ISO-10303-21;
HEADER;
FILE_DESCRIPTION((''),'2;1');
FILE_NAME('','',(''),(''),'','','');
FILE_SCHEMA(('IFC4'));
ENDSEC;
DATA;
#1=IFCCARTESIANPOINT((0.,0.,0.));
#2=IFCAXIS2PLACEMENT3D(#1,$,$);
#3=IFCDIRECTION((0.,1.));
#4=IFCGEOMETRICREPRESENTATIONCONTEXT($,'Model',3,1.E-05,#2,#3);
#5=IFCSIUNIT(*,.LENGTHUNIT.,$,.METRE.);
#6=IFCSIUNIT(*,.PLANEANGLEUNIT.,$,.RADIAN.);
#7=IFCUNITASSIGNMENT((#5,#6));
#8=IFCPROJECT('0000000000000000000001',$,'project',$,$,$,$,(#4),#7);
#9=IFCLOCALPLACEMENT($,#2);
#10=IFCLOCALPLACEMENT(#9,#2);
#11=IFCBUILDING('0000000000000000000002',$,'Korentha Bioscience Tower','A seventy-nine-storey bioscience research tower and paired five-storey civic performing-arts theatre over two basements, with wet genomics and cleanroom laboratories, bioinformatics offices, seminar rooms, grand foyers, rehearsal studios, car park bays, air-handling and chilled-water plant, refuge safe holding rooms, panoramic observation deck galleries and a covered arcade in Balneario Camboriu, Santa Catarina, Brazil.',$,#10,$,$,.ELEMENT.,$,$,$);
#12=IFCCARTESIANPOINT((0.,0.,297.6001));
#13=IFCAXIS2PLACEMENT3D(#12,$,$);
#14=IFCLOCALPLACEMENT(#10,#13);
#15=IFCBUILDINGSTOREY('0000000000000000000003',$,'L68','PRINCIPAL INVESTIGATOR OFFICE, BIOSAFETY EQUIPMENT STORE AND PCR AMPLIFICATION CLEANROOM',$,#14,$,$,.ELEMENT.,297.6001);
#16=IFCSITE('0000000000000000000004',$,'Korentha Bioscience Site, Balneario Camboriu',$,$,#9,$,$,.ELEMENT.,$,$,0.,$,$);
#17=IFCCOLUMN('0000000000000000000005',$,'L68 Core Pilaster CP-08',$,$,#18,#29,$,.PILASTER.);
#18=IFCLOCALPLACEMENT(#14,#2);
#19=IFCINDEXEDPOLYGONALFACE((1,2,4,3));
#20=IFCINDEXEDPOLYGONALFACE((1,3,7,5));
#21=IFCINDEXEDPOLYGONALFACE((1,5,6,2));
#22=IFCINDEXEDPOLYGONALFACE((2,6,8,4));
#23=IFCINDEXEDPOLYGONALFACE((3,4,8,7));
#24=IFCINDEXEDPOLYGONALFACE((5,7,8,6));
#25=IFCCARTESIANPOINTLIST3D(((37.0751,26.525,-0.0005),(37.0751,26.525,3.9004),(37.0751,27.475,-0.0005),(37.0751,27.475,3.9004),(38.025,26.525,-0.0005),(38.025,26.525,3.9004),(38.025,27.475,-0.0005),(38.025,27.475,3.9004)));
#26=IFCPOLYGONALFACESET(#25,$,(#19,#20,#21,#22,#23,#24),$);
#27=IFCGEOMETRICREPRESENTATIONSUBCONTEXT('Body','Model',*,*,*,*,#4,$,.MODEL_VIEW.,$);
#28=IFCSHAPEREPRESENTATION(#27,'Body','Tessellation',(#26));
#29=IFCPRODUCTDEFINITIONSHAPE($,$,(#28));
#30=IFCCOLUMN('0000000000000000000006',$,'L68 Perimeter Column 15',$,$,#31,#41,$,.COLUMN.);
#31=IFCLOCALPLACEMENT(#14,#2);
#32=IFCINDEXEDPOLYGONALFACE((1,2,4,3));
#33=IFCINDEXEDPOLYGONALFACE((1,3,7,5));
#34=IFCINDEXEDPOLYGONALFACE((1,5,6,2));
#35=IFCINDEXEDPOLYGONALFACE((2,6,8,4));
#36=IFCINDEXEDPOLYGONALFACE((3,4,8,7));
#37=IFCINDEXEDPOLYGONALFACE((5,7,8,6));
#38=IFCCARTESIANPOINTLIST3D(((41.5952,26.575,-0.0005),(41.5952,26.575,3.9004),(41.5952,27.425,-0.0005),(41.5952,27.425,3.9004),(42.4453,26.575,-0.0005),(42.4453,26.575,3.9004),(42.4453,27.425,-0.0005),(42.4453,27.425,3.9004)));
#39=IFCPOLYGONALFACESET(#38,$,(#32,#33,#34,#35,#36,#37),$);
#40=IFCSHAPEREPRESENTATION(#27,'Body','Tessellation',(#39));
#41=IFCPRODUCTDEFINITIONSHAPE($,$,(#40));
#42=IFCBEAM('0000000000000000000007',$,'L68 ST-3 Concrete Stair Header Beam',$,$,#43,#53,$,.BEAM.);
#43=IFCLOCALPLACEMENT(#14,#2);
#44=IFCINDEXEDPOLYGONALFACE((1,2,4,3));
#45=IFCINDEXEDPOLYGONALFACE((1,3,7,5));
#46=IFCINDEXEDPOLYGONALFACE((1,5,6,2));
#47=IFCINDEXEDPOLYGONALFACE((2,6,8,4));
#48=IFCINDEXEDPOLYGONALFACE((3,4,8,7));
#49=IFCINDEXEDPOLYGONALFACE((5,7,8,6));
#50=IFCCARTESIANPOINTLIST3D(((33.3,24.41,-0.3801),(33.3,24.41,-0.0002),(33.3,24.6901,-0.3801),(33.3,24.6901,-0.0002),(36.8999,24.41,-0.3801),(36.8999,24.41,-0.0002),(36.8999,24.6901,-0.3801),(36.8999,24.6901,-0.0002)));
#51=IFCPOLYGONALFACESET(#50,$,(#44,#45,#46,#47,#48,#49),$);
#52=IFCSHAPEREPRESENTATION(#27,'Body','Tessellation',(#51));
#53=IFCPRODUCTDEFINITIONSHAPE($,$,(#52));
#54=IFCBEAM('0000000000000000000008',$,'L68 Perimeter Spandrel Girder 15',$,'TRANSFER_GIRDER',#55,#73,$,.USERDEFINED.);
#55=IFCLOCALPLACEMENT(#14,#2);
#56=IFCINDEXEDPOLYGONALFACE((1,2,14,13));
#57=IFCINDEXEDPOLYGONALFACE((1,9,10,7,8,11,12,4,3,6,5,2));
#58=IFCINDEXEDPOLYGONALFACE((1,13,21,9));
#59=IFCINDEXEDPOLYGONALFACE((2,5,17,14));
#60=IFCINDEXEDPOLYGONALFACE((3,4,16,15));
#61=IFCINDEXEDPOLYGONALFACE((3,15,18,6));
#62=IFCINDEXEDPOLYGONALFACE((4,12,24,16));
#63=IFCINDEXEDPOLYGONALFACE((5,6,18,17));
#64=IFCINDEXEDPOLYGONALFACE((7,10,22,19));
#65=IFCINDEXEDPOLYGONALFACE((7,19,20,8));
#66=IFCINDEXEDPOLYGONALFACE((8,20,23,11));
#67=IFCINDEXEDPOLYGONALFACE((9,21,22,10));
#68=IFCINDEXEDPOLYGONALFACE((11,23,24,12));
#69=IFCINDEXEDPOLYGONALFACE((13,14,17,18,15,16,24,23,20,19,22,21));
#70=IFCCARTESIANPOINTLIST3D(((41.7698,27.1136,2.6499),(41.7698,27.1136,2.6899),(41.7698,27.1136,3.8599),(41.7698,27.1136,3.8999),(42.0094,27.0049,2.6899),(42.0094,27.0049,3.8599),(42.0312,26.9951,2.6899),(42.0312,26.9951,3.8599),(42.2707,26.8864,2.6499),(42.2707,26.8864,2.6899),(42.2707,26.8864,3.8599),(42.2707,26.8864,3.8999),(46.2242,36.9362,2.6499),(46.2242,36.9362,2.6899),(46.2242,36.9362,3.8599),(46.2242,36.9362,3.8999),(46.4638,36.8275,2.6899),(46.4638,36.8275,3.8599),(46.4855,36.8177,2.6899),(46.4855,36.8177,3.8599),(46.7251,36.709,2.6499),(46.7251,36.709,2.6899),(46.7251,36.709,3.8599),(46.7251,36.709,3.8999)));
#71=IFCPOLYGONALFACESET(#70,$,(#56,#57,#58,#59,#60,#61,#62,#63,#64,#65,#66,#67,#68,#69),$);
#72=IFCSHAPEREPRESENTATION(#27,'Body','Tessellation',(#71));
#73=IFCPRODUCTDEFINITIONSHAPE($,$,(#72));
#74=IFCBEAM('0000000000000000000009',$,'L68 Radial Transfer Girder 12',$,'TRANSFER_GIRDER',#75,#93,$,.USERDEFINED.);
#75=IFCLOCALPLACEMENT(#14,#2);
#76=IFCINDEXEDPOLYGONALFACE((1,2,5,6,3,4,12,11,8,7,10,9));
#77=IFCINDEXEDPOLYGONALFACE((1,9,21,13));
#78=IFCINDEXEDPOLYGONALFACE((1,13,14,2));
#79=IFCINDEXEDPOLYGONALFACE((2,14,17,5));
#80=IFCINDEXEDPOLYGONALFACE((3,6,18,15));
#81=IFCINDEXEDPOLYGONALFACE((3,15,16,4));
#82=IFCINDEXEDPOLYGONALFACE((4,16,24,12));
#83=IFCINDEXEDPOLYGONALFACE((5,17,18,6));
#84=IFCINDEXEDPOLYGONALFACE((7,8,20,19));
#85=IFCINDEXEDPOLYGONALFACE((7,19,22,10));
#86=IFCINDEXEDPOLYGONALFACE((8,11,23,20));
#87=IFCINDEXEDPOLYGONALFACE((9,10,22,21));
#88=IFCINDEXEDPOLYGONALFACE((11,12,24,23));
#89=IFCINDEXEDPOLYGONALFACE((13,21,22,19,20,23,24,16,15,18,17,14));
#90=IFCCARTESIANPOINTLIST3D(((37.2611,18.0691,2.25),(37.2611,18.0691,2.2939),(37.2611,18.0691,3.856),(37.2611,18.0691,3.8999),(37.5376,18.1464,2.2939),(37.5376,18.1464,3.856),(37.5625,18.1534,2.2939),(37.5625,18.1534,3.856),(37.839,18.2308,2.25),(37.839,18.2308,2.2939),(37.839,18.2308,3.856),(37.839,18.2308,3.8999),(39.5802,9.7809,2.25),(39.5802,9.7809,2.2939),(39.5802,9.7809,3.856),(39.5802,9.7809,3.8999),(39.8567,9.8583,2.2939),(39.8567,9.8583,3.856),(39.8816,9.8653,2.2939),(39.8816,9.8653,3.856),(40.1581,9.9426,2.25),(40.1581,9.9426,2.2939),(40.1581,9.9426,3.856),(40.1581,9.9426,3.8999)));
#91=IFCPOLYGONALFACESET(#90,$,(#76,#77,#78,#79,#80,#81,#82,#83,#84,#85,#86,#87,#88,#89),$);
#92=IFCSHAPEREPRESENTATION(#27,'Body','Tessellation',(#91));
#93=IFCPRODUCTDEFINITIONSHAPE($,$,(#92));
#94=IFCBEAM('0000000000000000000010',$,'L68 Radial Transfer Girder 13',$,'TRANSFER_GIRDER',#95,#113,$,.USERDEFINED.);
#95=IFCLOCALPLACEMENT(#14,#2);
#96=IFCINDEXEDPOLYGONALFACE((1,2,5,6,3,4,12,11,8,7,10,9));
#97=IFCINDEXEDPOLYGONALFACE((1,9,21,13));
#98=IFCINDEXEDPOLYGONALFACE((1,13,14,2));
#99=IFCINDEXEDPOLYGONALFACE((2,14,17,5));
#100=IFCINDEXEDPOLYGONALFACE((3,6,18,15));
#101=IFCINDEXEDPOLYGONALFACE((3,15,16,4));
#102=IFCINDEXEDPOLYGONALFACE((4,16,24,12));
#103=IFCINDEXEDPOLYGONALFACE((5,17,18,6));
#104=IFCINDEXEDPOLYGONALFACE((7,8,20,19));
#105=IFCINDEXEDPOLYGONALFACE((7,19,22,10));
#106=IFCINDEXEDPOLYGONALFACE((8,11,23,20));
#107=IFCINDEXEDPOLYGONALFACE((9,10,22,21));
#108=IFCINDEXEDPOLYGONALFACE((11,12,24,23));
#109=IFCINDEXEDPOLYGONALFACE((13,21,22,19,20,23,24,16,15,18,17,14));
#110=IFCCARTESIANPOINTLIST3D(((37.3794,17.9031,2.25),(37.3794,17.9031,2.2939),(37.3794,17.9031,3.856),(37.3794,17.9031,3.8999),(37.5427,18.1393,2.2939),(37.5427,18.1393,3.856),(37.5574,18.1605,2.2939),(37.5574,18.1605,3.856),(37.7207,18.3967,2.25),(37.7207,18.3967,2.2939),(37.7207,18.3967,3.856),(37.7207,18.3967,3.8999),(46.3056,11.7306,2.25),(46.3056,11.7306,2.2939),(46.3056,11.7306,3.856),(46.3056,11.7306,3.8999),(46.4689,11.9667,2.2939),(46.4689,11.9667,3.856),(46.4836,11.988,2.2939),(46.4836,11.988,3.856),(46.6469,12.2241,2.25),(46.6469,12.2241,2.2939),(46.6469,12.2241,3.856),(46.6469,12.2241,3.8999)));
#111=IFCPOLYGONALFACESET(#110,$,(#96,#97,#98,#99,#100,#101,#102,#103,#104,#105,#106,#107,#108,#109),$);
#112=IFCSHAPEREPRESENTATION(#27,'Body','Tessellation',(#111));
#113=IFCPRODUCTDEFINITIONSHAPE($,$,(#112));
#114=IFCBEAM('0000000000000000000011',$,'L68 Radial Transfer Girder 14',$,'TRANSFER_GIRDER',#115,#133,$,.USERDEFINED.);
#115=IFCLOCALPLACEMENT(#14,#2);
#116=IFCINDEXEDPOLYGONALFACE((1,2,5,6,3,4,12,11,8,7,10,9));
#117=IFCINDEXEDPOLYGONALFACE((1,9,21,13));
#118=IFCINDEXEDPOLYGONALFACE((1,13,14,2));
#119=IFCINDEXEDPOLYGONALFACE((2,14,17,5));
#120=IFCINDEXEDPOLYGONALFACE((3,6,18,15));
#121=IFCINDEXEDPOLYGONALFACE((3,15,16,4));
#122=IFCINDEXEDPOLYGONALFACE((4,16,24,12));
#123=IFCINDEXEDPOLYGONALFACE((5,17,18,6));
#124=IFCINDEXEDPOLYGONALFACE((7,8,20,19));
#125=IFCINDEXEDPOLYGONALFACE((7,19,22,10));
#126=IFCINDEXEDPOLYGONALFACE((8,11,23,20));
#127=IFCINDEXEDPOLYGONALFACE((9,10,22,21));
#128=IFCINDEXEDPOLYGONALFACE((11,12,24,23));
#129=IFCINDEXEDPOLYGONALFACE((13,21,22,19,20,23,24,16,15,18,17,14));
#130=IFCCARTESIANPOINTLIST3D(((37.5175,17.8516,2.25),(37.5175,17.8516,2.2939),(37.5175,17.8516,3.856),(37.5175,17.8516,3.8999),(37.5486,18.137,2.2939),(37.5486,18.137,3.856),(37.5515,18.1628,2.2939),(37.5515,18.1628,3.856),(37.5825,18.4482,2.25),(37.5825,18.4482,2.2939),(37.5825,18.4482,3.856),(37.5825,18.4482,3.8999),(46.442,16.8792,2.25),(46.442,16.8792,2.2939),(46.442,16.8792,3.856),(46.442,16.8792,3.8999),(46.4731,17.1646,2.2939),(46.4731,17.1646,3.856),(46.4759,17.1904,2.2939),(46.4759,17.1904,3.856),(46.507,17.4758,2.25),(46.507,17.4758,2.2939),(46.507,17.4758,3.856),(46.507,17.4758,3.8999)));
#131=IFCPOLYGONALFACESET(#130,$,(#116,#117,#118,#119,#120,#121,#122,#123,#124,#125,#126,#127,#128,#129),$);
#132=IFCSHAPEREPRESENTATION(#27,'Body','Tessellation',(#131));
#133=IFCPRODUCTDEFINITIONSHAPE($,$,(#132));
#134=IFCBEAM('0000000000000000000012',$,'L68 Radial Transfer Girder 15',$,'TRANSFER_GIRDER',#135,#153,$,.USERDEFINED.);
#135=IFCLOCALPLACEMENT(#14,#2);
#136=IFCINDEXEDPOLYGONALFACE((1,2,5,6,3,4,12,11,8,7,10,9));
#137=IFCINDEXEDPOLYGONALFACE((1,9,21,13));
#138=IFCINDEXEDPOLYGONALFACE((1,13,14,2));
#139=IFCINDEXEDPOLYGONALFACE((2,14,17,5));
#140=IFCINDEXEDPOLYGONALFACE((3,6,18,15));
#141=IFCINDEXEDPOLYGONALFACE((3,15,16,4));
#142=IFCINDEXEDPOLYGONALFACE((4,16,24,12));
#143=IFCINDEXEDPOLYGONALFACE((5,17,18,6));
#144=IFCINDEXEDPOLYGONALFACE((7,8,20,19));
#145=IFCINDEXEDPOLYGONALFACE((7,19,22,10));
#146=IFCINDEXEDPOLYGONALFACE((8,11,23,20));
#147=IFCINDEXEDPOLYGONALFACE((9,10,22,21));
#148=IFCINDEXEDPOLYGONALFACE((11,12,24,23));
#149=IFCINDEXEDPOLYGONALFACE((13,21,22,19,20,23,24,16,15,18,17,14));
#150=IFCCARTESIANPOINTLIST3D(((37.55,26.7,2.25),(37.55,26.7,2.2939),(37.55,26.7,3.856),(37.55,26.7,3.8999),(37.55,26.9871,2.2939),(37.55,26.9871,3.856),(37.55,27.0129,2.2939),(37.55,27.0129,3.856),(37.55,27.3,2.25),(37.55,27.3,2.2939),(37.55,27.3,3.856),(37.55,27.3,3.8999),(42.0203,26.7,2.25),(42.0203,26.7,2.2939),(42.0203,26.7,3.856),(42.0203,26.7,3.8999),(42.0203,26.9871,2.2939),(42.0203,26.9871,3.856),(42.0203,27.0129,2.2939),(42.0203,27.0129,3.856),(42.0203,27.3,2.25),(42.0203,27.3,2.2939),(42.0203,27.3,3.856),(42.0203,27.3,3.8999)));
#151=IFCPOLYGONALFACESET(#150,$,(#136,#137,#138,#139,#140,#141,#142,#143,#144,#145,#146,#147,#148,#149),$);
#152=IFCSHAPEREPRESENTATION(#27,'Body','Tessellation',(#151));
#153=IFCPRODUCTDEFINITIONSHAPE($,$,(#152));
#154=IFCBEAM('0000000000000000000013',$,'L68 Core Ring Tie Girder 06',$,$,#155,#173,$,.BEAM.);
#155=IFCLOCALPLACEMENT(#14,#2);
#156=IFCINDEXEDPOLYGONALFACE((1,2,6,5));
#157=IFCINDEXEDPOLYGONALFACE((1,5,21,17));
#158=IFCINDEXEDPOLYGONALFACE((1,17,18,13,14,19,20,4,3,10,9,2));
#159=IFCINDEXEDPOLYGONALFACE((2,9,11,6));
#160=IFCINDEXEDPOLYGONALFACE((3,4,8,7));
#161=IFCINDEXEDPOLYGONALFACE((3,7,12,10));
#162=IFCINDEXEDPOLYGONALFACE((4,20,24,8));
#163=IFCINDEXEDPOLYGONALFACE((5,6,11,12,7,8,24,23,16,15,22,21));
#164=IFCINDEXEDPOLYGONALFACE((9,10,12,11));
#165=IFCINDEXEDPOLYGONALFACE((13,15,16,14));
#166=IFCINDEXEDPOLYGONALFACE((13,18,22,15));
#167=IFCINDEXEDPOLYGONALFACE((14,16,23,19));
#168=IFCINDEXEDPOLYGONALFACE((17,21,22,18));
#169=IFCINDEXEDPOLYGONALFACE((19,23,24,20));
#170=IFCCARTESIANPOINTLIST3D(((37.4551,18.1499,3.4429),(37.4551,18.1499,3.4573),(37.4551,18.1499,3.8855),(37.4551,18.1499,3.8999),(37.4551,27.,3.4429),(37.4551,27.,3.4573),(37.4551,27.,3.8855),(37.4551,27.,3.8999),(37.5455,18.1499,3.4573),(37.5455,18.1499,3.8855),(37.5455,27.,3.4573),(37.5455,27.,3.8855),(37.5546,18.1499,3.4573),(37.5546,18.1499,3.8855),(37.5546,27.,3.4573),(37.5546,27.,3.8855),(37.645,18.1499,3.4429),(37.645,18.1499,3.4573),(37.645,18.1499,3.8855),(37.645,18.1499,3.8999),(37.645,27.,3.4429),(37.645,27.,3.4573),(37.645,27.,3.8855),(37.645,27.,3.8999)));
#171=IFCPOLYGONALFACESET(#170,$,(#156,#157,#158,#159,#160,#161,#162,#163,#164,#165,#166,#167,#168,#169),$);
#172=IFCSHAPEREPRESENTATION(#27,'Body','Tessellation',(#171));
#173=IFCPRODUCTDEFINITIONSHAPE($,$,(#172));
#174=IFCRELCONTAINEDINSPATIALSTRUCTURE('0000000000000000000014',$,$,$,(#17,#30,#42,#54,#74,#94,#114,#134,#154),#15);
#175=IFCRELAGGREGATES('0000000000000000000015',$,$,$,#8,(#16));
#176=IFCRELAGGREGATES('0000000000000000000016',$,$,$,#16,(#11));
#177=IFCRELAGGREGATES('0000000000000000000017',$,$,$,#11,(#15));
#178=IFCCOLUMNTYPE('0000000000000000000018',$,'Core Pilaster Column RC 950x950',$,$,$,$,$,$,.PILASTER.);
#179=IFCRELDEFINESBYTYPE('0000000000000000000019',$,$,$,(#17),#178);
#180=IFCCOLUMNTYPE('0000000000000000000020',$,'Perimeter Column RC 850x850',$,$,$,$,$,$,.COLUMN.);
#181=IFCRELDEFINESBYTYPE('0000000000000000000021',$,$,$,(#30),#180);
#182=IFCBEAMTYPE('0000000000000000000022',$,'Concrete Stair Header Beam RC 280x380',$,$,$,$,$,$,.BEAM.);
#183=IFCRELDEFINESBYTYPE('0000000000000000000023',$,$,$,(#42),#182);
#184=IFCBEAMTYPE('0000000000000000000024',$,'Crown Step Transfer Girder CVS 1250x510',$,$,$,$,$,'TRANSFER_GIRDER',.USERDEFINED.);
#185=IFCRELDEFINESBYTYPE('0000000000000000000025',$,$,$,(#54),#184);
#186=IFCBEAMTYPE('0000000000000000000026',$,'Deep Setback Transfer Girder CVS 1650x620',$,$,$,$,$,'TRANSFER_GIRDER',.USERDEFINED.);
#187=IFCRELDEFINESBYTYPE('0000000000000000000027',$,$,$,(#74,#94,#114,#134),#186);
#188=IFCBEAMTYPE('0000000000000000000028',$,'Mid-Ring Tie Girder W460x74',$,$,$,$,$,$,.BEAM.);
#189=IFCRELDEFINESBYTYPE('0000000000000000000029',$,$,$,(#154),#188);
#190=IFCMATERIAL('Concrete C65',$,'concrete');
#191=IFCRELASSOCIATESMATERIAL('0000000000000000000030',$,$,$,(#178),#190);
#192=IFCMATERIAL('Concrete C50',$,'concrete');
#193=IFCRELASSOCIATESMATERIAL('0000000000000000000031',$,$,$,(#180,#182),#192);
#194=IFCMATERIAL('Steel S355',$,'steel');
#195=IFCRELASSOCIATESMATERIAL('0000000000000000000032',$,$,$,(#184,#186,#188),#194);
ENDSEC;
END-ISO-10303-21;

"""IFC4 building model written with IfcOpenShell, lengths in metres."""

from ifc_helpers import new_model, si_unit, direction, frame, origin, origin_2d, place, context, subcontext, project, spatial, rectangle, i_section, extrude, material, material_profile, profile_set, type_object, element, save


model = new_model("IFC4")

# Units and contexts
model_context = context("Model", 3, precision=1e-05, world=origin(), true_north=direction((0.0, 1.0)))
body_context = subcontext(model_context, "Body", "Model", "MODEL_VIEW")
ifc_project = project(units=[si_unit("LENGTHUNIT", "METRE"), si_unit("PLANEANGLEUNIT", "RADIAN")], contexts=[model_context])

# Site, building, storey
site_placement = place(None, origin())
site = spatial("IfcSite", under=ifc_project, at=site_placement, Name="Korentha Bioscience Site, Balneario Camboriu", CompositionType="ELEMENT", RefElevation=0.0)
building_placement = place(site_placement, origin())
building = spatial("IfcBuilding", under=site, at=building_placement, Name="Korentha Bioscience Tower", Description="A seventy-nine-storey bioscience research tower and paired five-storey civic performing-arts theatre over two basements, with wet genomics and cleanroom laboratories, bioinformatics offices, seminar rooms, grand foyers, rehearsal studios, car park bays, air-handling and chilled-water plant, refuge safe holding rooms, panoramic observation deck galleries and a covered arcade in Balneario Camboriu, Santa Catarina, Brazil.", CompositionType="ELEMENT")
storey_placement = place(building_placement, frame((0.0, 0.0, 297.6001)))
storey = spatial("IfcBuildingStorey", under=building, at=storey_placement, Name="L68", Description="PRINCIPAL INVESTIGATOR OFFICE, BIOSAFETY EQUIPMENT STORE AND PCR AMPLIFICATION CLEANROOM", CompositionType="ELEMENT", Elevation=297.6001)

# Columns
ifc_material_1 = material(Name="Concrete C65", Category="concrete")
ifc_material_profile_1 = material_profile(ifc_material_1, rectangle(XDim=0.95, YDim=0.95, at=origin_2d()), Name="Concrete C65")
ifc_profile_set_1 = profile_set([ifc_material_profile_1], Name="Concrete C65 (COL-CP09)")
column_type_1 = type_object("IfcColumnType", Name="Core Pilaster Column RC 950x950", PredefinedType="PILASTER", material=ifc_profile_set_1)
column_1_placement = place(storey_placement, frame((37.55, 27.0, -0.0005), z_axis=(0.0, 0.0, 1.0), x_axis=(1.0, 0.0, 0.0)))
element("IfcColumn", 1, at=column_1_placement, inside=storey, type_object=column_type_1, Name="L68 Core Pilaster CP-08", PredefinedType="PILASTER", context=body_context, shape_type="SweptSolid", body=[
    extrude(rectangle(XDim=0.95, YDim=0.95, at=origin_2d()), origin(), (0.0, 0.0, 1.0), 3.9009),
])
ifc_material_2 = material(Name="Concrete C50", Category="concrete")
ifc_material_profile_2 = material_profile(ifc_material_2, rectangle(XDim=0.8501, YDim=0.8501, at=origin_2d()), Name="Concrete C50")
ifc_profile_set_2 = profile_set([ifc_material_profile_2], Name="Concrete C50 (COL-P08)")
column_type_2 = type_object("IfcColumnType", Name="Perimeter Column RC 850x850", PredefinedType="COLUMN", material=ifc_profile_set_2)
column_2_placement = place(storey_placement, frame((42.0203, 27.0, -0.0005), z_axis=(0.0, 0.0, 1.0), x_axis=(0.0, 1.0, 0.0)))
element("IfcColumn", 2, at=column_2_placement, inside=storey, type_object=column_type_2, Name="L68 Perimeter Column 15", PredefinedType="COLUMN", context=body_context, shape_type="SweptSolid", body=[
    extrude(rectangle(XDim=0.8501, YDim=0.8501, at=origin_2d()), origin(), (0.0, 0.0, 1.0), 3.9009),
])

# Beams
ifc_material_profile_3 = material_profile(ifc_material_2, rectangle(XDim=0.28, YDim=0.3799, at=origin_2d()), Name="Concrete C50")
ifc_profile_set_3 = profile_set([ifc_material_profile_3], Name="Concrete C50 (ST-HB380)")
beam_type_1 = type_object("IfcBeamType", Name="Concrete Stair Header Beam RC 280x380", PredefinedType="BEAM", material=ifc_profile_set_3)
beam_1_placement = place(storey_placement, frame((36.8999, 24.55, -0.1902), z_axis=(-1.0, 0.0, 0.0), x_axis=(0.0, -1.0, 0.0)))
element("IfcBeam", 3, at=beam_1_placement, inside=storey, type_object=beam_type_1, Name="L68 ST-3 Concrete Stair Header Beam", PredefinedType="BEAM", context=body_context, shape_type="SweptSolid", body=[
    extrude(rectangle(XDim=0.28, YDim=0.3799, at=origin_2d()), origin(), (0.0, 0.0, 1.0), 3.5999),
])
ifc_material_3 = material(Name="Steel S355", Category="steel")
ifc_material_profile_4 = material_profile(ifc_material_3, i_section(OverallWidth=0.55, OverallDepth=1.25, WebThickness=0.0239, FlangeThickness=0.04, at=origin_2d()), Name="Steel S355")
ifc_profile_set_4 = profile_set([ifc_material_profile_4], Name="Steel S355 (TG-03)")
beam_type_2 = type_object("IfcBeamType", Name="Crown Step Transfer Girder CVS 1250x510", ElementType="TRANSFER_GIRDER", PredefinedType="USERDEFINED", material=ifc_profile_set_4)
beam_2_placement = place(storey_placement, frame((42.0203, 27.0, 3.2749), z_axis=(0.413001, 0.91073, 0.0), x_axis=(-0.91073, 0.413001, 0.0)))
element("IfcBeam", 4, at=beam_2_placement, inside=storey, type_object=beam_type_2, Name="L68 Perimeter Spandrel Girder 15", ObjectType="TRANSFER_GIRDER", PredefinedType="USERDEFINED", context=body_context, shape_type="SweptSolid", body=[
    extrude(i_section(OverallWidth=0.55, OverallDepth=1.25, WebThickness=0.0239, FlangeThickness=0.04, at=origin_2d()), origin(), (0.0, 0.0, 1.0), 10.7854),
])
ifc_material_profile_5 = material_profile(ifc_material_3, i_section(OverallWidth=0.6001, OverallDepth=1.6499, WebThickness=0.0259, FlangeThickness=0.0439, at=origin_2d()), Name="Steel S355")
ifc_profile_set_5 = profile_set([ifc_material_profile_5], Name="Steel S355 (TG-04)")
beam_type_3 = type_object("IfcBeamType", Name="Deep Setback Transfer Girder CVS 1650x620", ElementType="TRANSFER_GIRDER", PredefinedType="USERDEFINED", material=ifc_profile_set_5)
beam_3_placement = place(storey_placement, frame((37.55, 18.1499, 3.075), z_axis=(0.269461, -0.963011, 0.0), x_axis=(0.963011, 0.269461, 0.0)))
element("IfcBeam", 5, at=beam_3_placement, inside=storey, type_object=beam_type_3, Name="L68 Radial Transfer Girder 12", ObjectType="TRANSFER_GIRDER", PredefinedType="USERDEFINED", context=body_context, shape_type="SweptSolid", body=[
    extrude(i_section(OverallWidth=0.6001, OverallDepth=1.6499, WebThickness=0.0259, FlangeThickness=0.0439, at=origin_2d()), origin(), (0.0, 0.0, 1.0), 8.6064),
])
beam_4_placement = place(storey_placement, frame((37.55, 18.1499, 3.075), z_axis=(0.822499, -0.568767, 0.0), x_axis=(0.568767, 0.822499, 0.0)))
element("IfcBeam", 6, at=beam_4_placement, inside=storey, type_object=beam_type_3, Name="L68 Radial Transfer Girder 13", ObjectType="TRANSFER_GIRDER", PredefinedType="USERDEFINED", context=body_context, shape_type="SweptSolid", body=[
    extrude(i_section(OverallWidth=0.6001, OverallDepth=1.6499, WebThickness=0.0259, FlangeThickness=0.0439, at=origin_2d()), origin(), (0.0, 0.0, 1.0), 10.8525),
])
beam_5_placement = place(storey_placement, frame((37.55, 18.1499, 3.075), z_axis=(0.994116, -0.108318, 0.0), x_axis=(0.108318, 0.994116, 0.0)))
element("IfcBeam", 7, at=beam_5_placement, inside=storey, type_object=beam_type_3, Name="L68 Radial Transfer Girder 14", ObjectType="TRANSFER_GIRDER", PredefinedType="USERDEFINED", context=body_context, shape_type="SweptSolid", body=[
    extrude(i_section(OverallWidth=0.6001, OverallDepth=1.6499, WebThickness=0.0259, FlangeThickness=0.0439, at=origin_2d()), origin(), (0.0, 0.0, 1.0), 8.9773),
])
beam_6_placement = place(storey_placement, frame((37.55, 27.0, 3.075), z_axis=(1.0, 0.0, 0.0), x_axis=(0.0, 1.0, 0.0)))
element("IfcBeam", 8, at=beam_6_placement, inside=storey, type_object=beam_type_3, Name="L68 Radial Transfer Girder 15", ObjectType="TRANSFER_GIRDER", PredefinedType="USERDEFINED", context=body_context, shape_type="SweptSolid", body=[
    extrude(i_section(OverallWidth=0.6001, OverallDepth=1.6499, WebThickness=0.0259, FlangeThickness=0.0439, at=origin_2d()), origin(), (0.0, 0.0, 1.0), 4.4702),
])
ifc_material_profile_6 = material_profile(ifc_material_3, i_section(OverallWidth=0.1899, OverallDepth=0.457, WebThickness=0.009, FlangeThickness=0.0144, at=origin_2d()), Name="Steel S355")
ifc_profile_set_6 = profile_set([ifc_material_profile_6], Name="Steel S355 (MB-460)")
beam_type_4 = type_object("IfcBeamType", Name="Mid-Ring Tie Girder W460x74", PredefinedType="BEAM", material=ifc_profile_set_6)
for number, where, z_axis, x_axis, name in (
    (9, (37.55, 18.1499, 3.6714), (0.0, 1.0, 0.0), (-1.0, 0.0, 0.0), "L68 Core Ring Tie Girder 06"),
):
    element("IfcBeam", number, at=place(storey_placement, frame(where, z_axis=z_axis, x_axis=x_axis)), inside=storey, type_object=beam_type_4, Name=name, PredefinedType="BEAM", context=body_context, shape_type="SweptSolid", body=[
        extrude(i_section(OverallWidth=0.1899, OverallDepth=0.457, WebThickness=0.009, FlangeThickness=0.0144, at=origin_2d()), origin(), (0.0, 0.0, 1.0), 8.8501),
    ])

save(model, "model.ifc")
